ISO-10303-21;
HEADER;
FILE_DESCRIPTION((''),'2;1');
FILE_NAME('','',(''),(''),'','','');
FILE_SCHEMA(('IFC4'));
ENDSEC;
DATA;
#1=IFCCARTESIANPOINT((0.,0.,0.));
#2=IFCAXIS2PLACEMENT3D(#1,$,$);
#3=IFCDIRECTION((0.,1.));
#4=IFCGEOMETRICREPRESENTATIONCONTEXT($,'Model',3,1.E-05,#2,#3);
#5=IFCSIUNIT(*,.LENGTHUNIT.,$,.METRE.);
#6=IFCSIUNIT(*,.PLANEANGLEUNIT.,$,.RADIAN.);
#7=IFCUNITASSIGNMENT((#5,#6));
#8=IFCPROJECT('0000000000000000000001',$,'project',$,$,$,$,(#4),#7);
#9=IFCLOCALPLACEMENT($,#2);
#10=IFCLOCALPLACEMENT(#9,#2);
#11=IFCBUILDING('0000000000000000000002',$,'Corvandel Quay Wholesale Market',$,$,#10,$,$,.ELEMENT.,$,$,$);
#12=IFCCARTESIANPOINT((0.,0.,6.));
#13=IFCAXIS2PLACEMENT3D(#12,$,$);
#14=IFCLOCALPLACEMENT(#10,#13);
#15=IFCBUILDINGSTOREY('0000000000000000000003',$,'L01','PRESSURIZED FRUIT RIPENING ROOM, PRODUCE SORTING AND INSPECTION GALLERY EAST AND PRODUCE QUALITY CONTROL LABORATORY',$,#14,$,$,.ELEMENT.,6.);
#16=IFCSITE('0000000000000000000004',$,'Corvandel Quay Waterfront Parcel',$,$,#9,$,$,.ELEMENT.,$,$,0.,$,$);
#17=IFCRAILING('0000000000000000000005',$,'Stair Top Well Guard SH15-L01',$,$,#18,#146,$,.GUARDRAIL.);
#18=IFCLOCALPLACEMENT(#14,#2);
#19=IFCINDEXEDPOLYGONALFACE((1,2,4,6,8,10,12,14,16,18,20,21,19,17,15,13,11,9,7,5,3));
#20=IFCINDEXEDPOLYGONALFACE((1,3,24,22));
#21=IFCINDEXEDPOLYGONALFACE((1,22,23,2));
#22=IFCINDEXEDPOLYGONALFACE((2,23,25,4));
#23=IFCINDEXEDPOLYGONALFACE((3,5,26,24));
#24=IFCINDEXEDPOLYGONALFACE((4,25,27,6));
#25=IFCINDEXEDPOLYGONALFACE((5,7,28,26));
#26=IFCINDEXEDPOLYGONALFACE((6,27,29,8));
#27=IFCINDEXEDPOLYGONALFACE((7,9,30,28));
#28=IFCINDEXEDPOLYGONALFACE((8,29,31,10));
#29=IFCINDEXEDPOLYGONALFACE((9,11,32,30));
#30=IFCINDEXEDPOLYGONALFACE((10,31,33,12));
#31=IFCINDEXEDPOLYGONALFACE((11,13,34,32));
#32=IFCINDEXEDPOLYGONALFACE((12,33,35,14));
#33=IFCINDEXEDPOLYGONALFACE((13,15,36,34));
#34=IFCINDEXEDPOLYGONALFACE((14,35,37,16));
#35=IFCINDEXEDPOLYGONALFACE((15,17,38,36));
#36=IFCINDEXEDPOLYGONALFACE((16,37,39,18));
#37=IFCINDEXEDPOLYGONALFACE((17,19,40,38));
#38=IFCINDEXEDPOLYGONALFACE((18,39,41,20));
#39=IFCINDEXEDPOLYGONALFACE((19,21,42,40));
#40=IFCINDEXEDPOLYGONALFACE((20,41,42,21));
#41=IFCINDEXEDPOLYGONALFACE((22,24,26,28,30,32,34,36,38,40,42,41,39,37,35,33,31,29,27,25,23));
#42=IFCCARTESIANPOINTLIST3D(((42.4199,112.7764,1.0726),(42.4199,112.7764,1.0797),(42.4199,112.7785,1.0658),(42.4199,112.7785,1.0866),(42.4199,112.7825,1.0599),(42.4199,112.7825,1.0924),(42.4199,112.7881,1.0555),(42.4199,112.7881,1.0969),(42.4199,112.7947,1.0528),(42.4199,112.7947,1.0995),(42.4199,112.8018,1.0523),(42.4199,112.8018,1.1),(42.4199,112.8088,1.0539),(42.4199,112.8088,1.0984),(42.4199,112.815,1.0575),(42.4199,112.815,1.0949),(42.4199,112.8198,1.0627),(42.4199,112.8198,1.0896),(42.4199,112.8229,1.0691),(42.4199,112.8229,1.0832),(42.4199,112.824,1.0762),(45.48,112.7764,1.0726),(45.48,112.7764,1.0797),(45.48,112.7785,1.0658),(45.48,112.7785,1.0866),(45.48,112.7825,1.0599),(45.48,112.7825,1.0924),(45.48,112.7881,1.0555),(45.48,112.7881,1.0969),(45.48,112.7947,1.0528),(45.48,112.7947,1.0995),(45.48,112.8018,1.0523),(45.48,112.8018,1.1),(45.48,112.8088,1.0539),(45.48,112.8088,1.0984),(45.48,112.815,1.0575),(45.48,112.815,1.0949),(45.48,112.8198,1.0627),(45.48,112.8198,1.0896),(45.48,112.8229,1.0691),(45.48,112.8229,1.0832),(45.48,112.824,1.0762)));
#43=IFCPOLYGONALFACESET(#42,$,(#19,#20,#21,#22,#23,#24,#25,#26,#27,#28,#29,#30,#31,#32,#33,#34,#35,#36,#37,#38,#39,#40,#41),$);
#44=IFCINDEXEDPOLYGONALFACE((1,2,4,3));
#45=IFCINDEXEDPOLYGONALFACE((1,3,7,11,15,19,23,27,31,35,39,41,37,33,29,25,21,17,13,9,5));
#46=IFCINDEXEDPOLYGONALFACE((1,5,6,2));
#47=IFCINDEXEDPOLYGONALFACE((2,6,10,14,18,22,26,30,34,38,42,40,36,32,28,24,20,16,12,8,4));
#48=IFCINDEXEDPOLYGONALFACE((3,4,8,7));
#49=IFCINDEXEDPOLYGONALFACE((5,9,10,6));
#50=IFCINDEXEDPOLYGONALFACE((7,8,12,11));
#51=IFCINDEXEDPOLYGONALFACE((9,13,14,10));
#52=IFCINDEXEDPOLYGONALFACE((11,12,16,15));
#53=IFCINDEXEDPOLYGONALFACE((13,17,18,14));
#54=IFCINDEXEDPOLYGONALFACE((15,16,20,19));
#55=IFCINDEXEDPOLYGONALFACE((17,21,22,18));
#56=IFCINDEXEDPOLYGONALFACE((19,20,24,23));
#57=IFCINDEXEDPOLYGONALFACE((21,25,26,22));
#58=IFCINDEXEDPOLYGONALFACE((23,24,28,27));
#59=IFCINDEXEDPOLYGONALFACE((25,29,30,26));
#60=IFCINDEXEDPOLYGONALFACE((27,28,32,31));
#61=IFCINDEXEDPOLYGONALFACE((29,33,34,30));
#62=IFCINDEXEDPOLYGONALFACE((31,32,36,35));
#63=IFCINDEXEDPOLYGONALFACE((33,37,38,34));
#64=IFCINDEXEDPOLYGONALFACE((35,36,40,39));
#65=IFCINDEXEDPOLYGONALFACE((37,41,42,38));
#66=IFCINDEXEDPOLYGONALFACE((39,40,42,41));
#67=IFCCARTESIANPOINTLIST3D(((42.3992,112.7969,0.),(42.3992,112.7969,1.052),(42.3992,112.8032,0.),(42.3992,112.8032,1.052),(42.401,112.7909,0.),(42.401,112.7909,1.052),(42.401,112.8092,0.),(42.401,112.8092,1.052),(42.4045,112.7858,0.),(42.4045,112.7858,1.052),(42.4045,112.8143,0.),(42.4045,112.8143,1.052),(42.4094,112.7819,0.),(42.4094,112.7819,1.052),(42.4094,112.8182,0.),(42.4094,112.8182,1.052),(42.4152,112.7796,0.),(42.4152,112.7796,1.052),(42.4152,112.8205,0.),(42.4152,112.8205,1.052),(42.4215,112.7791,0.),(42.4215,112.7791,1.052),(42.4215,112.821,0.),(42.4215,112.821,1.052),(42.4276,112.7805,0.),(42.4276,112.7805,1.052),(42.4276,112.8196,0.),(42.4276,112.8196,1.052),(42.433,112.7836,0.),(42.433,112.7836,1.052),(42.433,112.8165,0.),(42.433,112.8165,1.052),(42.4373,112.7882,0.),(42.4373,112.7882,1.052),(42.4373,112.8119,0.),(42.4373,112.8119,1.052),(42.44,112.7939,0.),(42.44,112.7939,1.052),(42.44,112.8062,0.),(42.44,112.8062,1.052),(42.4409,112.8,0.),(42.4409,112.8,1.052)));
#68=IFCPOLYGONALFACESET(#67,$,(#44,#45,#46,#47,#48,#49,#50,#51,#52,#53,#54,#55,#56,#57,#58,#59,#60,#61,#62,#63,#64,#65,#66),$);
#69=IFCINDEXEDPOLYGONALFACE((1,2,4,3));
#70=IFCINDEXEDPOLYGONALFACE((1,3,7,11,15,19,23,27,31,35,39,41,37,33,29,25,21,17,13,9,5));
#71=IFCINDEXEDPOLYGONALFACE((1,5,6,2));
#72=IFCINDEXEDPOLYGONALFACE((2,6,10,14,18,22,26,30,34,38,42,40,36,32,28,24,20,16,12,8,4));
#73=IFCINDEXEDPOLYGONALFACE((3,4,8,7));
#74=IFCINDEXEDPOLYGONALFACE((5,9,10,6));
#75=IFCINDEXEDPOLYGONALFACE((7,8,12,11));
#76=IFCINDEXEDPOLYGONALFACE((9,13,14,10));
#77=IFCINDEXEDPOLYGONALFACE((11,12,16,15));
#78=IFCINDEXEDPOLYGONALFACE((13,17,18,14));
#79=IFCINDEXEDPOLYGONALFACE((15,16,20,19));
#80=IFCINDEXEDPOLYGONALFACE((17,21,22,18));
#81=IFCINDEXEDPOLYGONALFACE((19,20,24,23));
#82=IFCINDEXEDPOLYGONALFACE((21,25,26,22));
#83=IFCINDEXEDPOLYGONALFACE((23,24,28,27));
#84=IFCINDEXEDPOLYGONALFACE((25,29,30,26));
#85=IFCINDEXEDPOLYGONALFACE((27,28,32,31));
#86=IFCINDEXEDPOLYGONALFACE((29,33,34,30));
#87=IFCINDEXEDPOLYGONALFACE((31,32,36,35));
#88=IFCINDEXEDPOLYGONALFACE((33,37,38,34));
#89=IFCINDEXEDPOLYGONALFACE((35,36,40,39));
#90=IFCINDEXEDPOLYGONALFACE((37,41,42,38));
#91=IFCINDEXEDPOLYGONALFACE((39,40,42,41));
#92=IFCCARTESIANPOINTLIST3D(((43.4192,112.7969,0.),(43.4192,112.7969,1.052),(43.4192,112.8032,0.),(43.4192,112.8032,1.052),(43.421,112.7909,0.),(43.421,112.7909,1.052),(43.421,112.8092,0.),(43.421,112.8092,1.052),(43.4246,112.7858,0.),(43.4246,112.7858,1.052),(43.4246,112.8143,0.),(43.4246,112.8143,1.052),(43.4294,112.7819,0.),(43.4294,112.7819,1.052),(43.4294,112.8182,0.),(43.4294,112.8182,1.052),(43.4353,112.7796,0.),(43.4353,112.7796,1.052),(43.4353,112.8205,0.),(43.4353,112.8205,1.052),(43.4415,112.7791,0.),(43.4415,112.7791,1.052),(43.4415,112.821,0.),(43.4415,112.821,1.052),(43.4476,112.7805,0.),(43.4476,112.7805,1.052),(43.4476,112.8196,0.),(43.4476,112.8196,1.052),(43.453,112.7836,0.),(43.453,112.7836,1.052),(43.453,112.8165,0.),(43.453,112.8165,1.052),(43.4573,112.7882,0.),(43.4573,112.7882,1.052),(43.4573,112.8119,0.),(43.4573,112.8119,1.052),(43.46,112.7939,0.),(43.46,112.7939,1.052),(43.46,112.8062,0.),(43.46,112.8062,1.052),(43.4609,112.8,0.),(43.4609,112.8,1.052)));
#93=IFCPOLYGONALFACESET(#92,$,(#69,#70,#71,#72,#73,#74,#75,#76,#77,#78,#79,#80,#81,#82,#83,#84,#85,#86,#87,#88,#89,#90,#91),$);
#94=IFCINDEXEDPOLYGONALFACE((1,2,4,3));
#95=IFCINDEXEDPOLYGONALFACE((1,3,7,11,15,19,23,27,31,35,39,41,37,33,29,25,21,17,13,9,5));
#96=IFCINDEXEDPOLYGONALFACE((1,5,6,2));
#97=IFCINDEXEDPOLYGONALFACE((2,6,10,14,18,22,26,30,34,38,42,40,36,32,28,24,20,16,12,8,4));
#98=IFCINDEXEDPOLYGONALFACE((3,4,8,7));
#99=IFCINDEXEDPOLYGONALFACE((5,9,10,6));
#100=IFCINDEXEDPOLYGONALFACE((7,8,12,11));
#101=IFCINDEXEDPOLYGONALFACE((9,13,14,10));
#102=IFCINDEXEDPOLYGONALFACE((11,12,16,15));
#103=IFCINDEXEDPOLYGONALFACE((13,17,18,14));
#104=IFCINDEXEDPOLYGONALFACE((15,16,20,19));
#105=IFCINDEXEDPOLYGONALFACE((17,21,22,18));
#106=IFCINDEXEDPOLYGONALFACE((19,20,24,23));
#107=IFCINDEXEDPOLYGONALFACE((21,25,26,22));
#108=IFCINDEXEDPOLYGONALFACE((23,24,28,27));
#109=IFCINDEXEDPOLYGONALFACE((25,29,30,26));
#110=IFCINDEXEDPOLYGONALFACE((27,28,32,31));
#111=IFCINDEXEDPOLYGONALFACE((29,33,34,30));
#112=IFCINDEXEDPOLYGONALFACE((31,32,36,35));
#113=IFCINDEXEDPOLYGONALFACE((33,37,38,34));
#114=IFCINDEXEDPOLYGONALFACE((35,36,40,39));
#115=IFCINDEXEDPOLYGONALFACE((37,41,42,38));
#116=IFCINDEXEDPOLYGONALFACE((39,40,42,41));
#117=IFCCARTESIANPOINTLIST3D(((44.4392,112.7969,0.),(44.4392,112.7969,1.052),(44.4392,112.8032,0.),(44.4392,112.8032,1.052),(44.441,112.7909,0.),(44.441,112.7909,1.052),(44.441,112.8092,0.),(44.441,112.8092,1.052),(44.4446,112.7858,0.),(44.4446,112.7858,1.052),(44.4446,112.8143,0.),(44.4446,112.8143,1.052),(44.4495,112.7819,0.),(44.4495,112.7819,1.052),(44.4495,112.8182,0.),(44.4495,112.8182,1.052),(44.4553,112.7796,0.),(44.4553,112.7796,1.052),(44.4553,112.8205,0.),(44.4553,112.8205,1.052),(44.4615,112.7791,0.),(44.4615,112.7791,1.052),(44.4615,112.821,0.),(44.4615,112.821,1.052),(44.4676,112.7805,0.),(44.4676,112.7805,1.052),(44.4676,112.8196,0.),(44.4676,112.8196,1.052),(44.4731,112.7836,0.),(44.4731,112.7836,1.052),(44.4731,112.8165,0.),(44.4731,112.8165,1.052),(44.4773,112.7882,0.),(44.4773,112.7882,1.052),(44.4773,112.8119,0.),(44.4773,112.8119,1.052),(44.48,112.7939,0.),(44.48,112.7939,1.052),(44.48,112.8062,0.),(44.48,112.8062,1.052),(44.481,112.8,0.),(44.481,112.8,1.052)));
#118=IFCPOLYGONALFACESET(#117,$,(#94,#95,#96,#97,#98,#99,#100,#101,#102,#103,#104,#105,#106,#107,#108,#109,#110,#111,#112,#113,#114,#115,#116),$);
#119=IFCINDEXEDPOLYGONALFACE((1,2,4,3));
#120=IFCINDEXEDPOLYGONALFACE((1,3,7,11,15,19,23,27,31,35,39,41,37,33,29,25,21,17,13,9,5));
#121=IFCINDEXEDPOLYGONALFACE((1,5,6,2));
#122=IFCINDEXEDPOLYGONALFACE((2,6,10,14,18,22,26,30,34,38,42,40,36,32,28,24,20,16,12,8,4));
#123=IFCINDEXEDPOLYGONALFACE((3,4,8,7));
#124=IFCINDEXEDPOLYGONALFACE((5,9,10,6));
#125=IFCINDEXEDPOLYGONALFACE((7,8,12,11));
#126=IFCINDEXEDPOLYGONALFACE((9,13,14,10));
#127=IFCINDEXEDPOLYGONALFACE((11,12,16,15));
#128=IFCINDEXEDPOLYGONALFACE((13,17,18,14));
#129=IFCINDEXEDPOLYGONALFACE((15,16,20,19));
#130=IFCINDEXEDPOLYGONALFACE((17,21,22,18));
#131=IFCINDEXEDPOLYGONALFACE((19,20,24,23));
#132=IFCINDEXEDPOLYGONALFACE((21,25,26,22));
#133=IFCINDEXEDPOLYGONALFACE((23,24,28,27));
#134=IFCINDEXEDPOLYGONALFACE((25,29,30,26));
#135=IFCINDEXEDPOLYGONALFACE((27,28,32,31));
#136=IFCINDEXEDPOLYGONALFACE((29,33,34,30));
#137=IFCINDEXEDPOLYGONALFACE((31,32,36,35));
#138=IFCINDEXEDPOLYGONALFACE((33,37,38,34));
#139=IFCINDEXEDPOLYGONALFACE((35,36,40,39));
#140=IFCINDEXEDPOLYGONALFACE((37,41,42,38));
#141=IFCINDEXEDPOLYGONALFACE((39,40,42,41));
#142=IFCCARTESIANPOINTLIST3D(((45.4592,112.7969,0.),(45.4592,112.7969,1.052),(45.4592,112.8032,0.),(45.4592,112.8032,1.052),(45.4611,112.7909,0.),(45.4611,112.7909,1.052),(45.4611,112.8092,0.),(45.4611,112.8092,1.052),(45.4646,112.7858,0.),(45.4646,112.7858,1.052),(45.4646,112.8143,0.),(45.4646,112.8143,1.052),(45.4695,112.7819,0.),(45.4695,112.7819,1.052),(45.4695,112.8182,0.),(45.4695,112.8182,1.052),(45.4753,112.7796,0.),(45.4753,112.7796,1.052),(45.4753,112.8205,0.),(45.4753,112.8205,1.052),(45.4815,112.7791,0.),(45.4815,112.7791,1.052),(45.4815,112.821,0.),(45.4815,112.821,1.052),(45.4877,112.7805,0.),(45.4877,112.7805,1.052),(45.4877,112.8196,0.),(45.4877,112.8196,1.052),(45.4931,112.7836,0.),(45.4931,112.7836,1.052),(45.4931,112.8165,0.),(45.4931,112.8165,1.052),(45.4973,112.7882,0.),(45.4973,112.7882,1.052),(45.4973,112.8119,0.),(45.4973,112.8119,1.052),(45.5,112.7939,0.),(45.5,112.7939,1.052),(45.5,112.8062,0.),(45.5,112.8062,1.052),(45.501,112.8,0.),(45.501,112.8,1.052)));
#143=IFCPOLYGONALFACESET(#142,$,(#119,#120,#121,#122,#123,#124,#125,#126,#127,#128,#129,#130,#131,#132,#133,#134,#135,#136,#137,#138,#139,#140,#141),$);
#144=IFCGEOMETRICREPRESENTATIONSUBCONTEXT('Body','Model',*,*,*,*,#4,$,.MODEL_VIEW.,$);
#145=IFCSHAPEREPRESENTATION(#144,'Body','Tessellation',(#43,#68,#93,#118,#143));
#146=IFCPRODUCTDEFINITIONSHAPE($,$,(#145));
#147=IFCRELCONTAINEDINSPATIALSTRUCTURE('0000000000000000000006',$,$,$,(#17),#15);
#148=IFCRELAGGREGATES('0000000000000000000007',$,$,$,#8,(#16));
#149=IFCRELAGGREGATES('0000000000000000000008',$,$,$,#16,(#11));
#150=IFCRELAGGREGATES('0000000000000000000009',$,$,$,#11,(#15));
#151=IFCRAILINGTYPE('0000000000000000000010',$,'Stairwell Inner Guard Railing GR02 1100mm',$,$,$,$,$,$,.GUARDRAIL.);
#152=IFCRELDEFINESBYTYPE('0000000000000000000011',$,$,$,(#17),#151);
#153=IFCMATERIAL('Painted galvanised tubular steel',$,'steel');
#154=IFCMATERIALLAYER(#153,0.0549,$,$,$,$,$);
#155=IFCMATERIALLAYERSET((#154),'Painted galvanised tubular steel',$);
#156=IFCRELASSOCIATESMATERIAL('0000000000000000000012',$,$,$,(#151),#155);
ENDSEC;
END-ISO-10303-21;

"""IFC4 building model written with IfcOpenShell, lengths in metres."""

from ifc_helpers import new_model, si_unit, direction, frame, origin, origin_2d, place, context, subcontext, project, spatial, circle, extrude, material, layer, layer_set, type_object, element, save


model = new_model("IFC4")

# Units and contexts
model_context = context("Model", 3, precision=1e-05, world=origin(), true_north=direction((0.0, 1.0)))
body_context = subcontext(model_context, "Body", "Model", "MODEL_VIEW")
ifc_project = project(units=[si_unit("LENGTHUNIT", "METRE"), si_unit("PLANEANGLEUNIT", "RADIAN")], contexts=[model_context])

# Site, building, storey
site_placement = place(None, origin())
site = spatial("IfcSite", under=ifc_project, at=site_placement, Name="Corvandel Quay Waterfront Parcel", CompositionType="ELEMENT", RefElevation=0.0)
building_placement = place(site_placement, origin())
building = spatial("IfcBuilding", under=site, at=building_placement, Name="Corvandel Quay Wholesale Market", CompositionType="ELEMENT")
storey_placement = place(building_placement, frame((0.0, 0.0, 6.0)))
storey = spatial("IfcBuildingStorey", under=building, at=storey_placement, Name="L01", Description="PRESSURIZED FRUIT RIPENING ROOM, PRODUCE SORTING AND INSPECTION GALLERY EAST AND PRODUCE QUALITY CONTROL LABORATORY", CompositionType="ELEMENT", Elevation=6.0)

# Railing
ifc_material_1 = material(Name="Painted galvanised tubular steel", Category="steel")
ifc_layer_1 = layer(ifc_material_1, 0.0549)
ifc_layer_set_1 = layer_set([ifc_layer_1], Name="Painted galvanised tubular steel")
railing_type = type_object("IfcRailingType", Name="Stairwell Inner Guard Railing GR02 1100mm", PredefinedType="GUARDRAIL", material=ifc_layer_set_1)
railing_placement = place(storey_placement, frame((42.4199, 112.8, 0.0)))
element("IfcRailing", 1, at=railing_placement, inside=storey, type_object=railing_type, Name="Stair Top Well Guard SH15-L01", PredefinedType="GUARDRAIL", context=body_context, shape_type="SweptSolid", body=[
    extrude(circle(Radius=0.0239, at=origin_2d()), frame((0.0, 0.0, 1.0762), z_axis=(1.0, 0.0, 0.0), x_axis=(0.0, 1.0, 0.0)), (0.0, 0.0, 1.0), 3.0601),
    extrude(circle(Radius=0.021, at=origin_2d()), origin(), (0.0, 0.0, 1.0), 1.052),
    extrude(circle(Radius=0.021, at=origin_2d()), frame((1.02, 0.0, 0.0)), (0.0, 0.0, 1.0), 1.052),
    extrude(circle(Radius=0.021, at=origin_2d()), frame((2.04, 0.0, 0.0)), (0.0, 0.0, 1.0), 1.052),
    extrude(circle(Radius=0.021, at=origin_2d()), frame((3.0601, 0.0, 0.0)), (0.0, 0.0, 1.0), 1.052),
])

save(model, "model.ifc")
